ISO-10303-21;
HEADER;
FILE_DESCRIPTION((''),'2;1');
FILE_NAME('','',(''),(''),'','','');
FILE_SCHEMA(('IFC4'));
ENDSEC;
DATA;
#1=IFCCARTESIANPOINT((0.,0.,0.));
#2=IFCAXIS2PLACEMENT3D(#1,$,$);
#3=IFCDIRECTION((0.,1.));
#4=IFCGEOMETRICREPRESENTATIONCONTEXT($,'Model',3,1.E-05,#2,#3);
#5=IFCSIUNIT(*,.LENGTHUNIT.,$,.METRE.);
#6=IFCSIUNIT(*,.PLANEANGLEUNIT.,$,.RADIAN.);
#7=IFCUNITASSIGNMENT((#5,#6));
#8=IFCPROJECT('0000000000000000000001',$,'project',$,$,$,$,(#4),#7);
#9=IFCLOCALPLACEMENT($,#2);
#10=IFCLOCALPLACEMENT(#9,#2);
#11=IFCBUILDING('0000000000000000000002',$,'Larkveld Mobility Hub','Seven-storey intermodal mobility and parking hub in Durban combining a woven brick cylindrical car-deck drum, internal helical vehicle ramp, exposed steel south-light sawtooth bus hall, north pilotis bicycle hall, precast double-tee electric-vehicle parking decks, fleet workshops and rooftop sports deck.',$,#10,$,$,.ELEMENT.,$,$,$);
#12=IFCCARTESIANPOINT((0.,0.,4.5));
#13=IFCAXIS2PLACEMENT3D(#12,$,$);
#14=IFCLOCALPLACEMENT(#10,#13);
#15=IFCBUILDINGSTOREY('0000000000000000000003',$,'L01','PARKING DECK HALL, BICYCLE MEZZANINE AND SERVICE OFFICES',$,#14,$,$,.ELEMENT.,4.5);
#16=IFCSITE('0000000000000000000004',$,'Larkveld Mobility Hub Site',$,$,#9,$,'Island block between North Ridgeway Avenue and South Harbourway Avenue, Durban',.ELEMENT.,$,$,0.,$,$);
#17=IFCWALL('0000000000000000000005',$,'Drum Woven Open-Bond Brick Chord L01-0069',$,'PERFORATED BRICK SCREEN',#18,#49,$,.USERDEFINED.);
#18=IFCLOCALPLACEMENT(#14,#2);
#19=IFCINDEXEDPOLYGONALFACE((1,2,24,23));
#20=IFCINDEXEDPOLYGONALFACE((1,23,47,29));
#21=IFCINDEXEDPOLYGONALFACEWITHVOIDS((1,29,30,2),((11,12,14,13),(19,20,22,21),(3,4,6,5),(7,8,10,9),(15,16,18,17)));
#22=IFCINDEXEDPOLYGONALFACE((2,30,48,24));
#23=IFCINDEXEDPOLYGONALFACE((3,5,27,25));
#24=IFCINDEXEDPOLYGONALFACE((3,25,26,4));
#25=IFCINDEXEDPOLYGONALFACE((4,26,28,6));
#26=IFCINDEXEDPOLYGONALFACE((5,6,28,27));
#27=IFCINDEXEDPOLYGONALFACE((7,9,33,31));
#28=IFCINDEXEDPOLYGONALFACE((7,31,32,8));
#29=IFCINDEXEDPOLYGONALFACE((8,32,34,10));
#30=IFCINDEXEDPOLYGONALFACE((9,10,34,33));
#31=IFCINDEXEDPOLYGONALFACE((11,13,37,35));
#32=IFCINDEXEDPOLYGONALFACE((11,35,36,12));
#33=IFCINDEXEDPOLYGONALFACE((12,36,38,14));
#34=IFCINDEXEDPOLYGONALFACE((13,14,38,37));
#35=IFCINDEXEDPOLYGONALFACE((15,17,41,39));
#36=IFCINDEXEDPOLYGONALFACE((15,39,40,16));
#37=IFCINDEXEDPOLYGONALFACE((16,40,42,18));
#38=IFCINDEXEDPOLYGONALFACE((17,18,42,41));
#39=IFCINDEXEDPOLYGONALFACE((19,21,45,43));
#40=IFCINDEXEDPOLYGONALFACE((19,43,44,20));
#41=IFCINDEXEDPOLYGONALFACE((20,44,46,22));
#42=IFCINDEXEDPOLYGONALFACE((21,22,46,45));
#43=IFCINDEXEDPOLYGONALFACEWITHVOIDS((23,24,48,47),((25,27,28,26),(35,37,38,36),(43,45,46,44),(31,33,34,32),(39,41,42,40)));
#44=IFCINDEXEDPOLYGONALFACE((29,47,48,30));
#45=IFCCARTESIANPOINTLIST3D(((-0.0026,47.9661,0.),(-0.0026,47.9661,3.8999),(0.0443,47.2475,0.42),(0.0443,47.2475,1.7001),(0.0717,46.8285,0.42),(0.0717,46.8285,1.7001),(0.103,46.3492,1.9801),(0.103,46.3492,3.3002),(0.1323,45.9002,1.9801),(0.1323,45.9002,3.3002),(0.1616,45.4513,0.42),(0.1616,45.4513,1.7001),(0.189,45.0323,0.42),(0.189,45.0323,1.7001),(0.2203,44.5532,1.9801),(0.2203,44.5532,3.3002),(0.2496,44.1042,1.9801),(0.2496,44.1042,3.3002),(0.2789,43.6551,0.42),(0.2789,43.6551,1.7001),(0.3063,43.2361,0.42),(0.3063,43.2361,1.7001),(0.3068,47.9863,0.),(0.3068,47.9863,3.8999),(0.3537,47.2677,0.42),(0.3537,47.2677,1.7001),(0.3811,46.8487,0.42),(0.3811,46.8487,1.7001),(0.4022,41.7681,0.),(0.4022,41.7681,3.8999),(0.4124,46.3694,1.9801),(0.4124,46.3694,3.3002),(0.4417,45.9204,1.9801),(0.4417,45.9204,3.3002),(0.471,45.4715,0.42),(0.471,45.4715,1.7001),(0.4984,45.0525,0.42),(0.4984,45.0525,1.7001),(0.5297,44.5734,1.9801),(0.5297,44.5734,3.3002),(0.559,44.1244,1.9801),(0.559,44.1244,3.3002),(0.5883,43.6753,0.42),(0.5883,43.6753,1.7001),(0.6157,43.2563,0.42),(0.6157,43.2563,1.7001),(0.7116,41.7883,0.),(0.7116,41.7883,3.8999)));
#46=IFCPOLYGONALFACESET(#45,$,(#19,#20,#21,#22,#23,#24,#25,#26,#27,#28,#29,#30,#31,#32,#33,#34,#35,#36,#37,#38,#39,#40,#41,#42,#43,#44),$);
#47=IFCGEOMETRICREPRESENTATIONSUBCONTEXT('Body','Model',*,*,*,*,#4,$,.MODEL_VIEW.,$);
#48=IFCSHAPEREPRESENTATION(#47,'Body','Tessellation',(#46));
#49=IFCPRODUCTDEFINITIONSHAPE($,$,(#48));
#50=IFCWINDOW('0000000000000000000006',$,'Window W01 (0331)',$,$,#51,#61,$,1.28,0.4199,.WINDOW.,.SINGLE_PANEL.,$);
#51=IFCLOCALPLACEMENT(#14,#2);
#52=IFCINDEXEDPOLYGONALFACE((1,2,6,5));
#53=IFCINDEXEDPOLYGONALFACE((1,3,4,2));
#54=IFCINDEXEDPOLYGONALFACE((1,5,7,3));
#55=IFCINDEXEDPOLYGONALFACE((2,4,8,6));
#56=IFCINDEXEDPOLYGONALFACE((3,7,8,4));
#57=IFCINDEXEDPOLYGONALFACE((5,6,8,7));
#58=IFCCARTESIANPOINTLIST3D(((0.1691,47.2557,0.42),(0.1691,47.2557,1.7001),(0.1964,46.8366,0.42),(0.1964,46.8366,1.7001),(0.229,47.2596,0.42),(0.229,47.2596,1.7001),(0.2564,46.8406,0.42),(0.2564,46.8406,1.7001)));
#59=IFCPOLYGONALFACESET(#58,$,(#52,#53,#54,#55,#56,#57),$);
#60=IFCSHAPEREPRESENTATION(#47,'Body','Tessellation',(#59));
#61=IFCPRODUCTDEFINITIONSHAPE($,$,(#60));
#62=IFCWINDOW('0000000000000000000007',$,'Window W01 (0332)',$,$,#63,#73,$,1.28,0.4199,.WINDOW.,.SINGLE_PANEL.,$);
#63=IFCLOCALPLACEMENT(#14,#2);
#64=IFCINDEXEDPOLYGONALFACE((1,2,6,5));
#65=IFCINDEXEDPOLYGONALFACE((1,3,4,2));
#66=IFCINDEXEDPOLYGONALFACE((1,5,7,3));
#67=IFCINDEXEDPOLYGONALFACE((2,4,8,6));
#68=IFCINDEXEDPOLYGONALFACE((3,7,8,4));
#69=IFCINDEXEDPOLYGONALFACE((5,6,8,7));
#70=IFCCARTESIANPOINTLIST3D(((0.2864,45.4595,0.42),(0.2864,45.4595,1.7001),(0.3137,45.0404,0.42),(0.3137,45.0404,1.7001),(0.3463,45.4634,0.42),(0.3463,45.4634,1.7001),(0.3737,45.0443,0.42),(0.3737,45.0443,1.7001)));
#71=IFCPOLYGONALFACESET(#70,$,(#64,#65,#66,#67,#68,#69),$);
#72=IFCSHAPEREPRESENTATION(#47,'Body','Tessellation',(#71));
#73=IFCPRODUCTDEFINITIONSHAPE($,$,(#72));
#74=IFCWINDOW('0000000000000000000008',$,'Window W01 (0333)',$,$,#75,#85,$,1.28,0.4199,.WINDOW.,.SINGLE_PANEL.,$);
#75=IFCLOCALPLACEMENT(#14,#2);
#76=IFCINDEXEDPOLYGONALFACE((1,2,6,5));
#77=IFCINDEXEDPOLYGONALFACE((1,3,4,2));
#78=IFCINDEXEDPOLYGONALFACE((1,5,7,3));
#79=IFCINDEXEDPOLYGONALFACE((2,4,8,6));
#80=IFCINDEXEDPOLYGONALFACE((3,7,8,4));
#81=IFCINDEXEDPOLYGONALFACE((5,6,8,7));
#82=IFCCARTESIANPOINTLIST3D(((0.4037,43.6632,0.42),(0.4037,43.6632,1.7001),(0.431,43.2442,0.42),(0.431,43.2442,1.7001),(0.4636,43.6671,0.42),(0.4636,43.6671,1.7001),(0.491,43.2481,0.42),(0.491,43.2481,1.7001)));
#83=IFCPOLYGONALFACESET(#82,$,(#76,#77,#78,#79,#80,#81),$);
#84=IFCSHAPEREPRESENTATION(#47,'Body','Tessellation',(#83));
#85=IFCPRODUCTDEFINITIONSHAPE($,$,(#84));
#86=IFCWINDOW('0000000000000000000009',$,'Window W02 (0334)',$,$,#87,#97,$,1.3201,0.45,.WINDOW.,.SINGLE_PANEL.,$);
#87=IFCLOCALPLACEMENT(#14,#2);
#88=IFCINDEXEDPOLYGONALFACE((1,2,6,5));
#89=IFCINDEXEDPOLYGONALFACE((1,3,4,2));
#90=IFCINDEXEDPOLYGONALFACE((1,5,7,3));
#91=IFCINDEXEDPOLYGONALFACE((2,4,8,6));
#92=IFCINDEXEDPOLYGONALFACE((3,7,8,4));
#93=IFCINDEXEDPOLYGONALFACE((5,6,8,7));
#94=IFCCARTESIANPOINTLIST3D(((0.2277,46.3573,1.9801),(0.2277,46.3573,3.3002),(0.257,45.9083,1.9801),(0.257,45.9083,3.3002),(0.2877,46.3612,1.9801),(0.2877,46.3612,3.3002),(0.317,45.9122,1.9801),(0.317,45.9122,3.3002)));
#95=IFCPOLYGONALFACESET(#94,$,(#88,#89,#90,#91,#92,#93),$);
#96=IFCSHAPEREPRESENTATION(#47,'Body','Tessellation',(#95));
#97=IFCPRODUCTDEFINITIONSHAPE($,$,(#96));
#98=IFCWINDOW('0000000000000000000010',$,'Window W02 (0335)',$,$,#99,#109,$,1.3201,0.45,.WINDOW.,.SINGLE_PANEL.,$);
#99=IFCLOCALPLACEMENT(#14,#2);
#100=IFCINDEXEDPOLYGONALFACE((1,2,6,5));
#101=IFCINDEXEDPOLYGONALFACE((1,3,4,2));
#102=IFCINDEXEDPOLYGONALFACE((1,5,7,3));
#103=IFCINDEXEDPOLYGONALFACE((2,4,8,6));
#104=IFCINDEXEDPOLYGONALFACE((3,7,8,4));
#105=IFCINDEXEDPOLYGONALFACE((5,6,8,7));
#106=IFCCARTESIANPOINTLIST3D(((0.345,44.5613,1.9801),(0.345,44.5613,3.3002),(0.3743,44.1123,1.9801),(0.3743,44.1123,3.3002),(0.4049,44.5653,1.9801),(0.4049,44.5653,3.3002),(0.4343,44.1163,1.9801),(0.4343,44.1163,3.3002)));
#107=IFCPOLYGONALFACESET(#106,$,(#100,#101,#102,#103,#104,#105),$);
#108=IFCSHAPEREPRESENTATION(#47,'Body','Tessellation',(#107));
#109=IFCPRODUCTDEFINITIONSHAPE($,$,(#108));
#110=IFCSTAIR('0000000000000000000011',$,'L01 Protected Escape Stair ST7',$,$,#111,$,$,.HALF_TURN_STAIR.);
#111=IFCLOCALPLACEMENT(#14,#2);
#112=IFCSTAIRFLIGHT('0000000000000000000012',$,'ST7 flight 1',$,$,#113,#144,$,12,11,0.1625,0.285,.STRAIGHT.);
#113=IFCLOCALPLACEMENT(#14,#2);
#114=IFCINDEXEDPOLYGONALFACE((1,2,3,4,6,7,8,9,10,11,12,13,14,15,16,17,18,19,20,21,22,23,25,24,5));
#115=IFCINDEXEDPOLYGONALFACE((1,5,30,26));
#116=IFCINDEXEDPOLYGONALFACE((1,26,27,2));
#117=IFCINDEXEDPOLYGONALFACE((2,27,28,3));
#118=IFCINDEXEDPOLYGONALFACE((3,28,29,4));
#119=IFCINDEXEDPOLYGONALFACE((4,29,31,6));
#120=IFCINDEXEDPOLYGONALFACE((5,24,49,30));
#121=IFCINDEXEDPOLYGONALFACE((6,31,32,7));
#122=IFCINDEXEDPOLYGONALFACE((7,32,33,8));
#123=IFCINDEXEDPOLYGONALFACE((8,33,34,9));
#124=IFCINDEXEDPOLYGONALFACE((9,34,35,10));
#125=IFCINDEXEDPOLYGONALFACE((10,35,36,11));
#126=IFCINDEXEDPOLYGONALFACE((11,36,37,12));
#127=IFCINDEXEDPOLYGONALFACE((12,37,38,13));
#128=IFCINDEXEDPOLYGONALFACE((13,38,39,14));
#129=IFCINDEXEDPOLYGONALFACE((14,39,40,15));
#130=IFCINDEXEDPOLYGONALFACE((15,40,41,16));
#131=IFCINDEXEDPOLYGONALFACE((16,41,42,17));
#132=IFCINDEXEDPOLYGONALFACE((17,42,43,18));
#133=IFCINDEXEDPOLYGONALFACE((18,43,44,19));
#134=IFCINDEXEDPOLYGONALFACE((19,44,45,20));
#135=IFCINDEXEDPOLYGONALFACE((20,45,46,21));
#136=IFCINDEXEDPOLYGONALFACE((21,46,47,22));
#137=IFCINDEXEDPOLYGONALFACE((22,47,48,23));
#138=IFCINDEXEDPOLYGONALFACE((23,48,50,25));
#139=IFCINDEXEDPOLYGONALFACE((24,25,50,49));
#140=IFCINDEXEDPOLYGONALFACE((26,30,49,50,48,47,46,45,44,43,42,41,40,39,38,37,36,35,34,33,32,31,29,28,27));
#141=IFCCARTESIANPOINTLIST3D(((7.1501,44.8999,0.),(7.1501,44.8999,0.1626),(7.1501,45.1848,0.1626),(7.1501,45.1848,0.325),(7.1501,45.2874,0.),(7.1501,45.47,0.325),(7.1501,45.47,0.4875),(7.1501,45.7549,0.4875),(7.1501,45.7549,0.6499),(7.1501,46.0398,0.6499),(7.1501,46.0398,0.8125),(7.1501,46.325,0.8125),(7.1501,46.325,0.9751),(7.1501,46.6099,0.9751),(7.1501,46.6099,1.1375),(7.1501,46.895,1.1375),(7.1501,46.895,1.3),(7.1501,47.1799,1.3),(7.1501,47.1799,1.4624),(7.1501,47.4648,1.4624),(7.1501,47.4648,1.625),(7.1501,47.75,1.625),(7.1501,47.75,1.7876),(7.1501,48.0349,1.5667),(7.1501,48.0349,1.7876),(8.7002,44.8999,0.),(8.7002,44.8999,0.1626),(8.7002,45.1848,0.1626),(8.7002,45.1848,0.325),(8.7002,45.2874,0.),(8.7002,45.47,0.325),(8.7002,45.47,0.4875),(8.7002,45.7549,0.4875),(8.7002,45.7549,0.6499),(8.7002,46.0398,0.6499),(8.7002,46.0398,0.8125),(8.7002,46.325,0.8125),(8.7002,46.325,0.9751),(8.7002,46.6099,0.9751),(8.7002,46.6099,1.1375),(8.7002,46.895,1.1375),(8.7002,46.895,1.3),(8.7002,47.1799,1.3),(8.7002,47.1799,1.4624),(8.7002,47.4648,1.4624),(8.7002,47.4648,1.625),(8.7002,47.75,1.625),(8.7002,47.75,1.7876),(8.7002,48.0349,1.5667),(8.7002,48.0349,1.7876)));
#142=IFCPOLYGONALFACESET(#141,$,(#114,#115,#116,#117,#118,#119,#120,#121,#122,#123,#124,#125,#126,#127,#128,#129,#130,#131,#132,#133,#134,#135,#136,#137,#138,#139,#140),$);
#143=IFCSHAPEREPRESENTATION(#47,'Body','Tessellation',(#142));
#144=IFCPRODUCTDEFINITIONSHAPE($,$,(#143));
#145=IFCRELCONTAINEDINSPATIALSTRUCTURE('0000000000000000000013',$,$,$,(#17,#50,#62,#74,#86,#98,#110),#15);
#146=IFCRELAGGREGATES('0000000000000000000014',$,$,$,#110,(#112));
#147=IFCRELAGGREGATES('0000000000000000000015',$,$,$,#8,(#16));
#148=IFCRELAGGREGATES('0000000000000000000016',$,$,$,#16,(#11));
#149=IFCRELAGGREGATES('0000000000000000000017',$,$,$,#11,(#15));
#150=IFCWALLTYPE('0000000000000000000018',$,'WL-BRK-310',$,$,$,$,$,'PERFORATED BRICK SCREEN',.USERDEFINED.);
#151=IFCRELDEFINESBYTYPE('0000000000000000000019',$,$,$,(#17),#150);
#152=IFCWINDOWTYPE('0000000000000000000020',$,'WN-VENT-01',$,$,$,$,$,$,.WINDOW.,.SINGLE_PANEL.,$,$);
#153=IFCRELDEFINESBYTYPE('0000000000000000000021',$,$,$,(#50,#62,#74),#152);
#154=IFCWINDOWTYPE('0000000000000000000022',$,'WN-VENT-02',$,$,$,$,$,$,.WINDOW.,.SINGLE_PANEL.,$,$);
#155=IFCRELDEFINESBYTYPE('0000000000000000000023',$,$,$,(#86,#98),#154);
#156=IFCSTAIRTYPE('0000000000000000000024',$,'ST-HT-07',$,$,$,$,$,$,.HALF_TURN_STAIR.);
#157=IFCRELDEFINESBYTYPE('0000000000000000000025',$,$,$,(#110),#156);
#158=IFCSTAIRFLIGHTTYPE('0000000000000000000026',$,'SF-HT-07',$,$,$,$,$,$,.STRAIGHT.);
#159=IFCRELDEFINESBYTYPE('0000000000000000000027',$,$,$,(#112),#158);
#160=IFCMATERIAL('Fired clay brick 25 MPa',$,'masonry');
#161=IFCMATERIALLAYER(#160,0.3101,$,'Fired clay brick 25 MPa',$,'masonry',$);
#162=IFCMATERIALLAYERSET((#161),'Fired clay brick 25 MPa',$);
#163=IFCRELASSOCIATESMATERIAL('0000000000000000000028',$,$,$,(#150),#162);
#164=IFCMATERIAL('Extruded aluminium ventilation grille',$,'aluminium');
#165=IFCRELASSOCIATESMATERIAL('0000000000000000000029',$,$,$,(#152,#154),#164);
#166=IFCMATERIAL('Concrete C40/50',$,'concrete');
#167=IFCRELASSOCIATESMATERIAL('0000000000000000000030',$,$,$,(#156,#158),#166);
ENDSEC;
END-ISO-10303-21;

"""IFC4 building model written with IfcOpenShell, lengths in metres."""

from ifc_helpers import new_model, si_unit, direction, frame, frame_2d, origin, place, context, subcontext, project, spatial, polyline, rectangle, outline, extrude, material, layer, layer_set, type_object, element, fill, aggregate, save


model = new_model("IFC4")

# Units and contexts
model_context = context("Model", 3, precision=1e-05, world=origin(), true_north=direction((0.0, 1.0)))
body_context = subcontext(model_context, "Body", "Model", "MODEL_VIEW")
ifc_project = project(units=[si_unit("LENGTHUNIT", "METRE"), si_unit("PLANEANGLEUNIT", "RADIAN")], contexts=[model_context])

# Site, building, storey
site_placement = place(None, origin())
site = spatial("IfcSite", under=ifc_project, at=site_placement, Name="Larkveld Mobility Hub Site", LongName="Island block between North Ridgeway Avenue and South Harbourway Avenue, Durban", CompositionType="ELEMENT", RefElevation=0.0)
building_placement = place(site_placement, origin())
building = spatial("IfcBuilding", under=site, at=building_placement, Name="Larkveld Mobility Hub", Description="Seven-storey intermodal mobility and parking hub in Durban combining a woven brick cylindrical car-deck drum, internal helical vehicle ramp, exposed steel south-light sawtooth bus hall, north pilotis bicycle hall, precast double-tee electric-vehicle parking decks, fleet workshops and rooftop sports deck.", CompositionType="ELEMENT")
storey_placement = place(building_placement, frame((0.0, 0.0, 4.5)))
storey = spatial("IfcBuildingStorey", under=building, at=storey_placement, Name="L01", Description="PARKING DECK HALL, BICYCLE MEZZANINE AND SERVICE OFFICES", CompositionType="ELEMENT", Elevation=4.5)

# Shared definitions
ifc_material_1 = material(Name="Concrete C40/50", Category="concrete")

# Wall, openings, windows
ifc_material_2 = material(Name="Fired clay brick 25 MPa", Category="masonry")
ifc_layer = layer(ifc_material_2, 0.3101, Name="Fired clay brick 25 MPa", Category="masonry")
ifc_layer_set = layer_set([ifc_layer], Name="Fired clay brick 25 MPa")
wall_type = type_object("IfcWallType", Name="WL-BRK-310", ElementType="PERFORATED BRICK SCREEN", PredefinedType="USERDEFINED", material=ifc_layer_set)
wall_placement = place(storey_placement, frame((0.1521, 47.9761, 0.0), z_axis=(0.0, 0.0, 1.0), x_axis=(0.06517, -0.997874, 0.0)))
wall = element("IfcWall", 1, at=wall_placement, inside=storey, type_object=wall_type, Name="Drum Woven Open-Bond Brick Chord L01-0069", ObjectType="PERFORATED BRICK SCREEN", PredefinedType="USERDEFINED", context=body_context, shape_type="SweptSolid", body=[
    extrude(rectangle(XDim=6.2112, YDim=0.3101, at=frame_2d((3.1055, 0.0))), origin(), (0.0, 0.0, 1.0), 3.8999),
])
opening_1_placement = place(wall_placement, frame((0.72, 0.0, 0.4199)))
opening_1 = element("IfcOpeningElement", 2, at=opening_1_placement, cuts=wall, PredefinedType="OPENING", context=body_context, shape_type="SweptSolid", body=[
    extrude(rectangle(XDim=0.4199, YDim=1.28, at=frame_2d((0.21, 0.6401))), frame((0.0, 0.165, 0.0), z_axis=(0.0, -1.0, 0.0), x_axis=(1.0, 0.0, 0.0)), (0.0, 0.0, 1.0), 0.3301),
])
opening_2_placement = place(wall_placement, frame((2.52, 0.0, 0.4199)))
opening_2 = element("IfcOpeningElement", 3, at=opening_2_placement, cuts=wall, PredefinedType="OPENING", context=body_context, shape_type="SweptSolid", body=[
    extrude(rectangle(XDim=0.4199, YDim=1.28, at=frame_2d((0.21, 0.6401))), frame((0.0, 0.165, 0.0), z_axis=(0.0, -1.0, 0.0), x_axis=(1.0, 0.0, 0.0)), (0.0, 0.0, 1.0), 0.3301),
])
opening_3_placement = place(wall_placement, frame((4.3201, 0.0, 0.4199)))
opening_3 = element("IfcOpeningElement", 4, at=opening_3_placement, cuts=wall, PredefinedType="OPENING", context=body_context, shape_type="SweptSolid", body=[
    extrude(rectangle(XDim=0.4199, YDim=1.28, at=frame_2d((0.21, 0.6401))), frame((0.0, 0.165, 0.0), z_axis=(0.0, -1.0, 0.0), x_axis=(1.0, 0.0, 0.0)), (0.0, 0.0, 1.0), 0.3301),
])
opening_4_placement = place(wall_placement, frame((1.6201, 0.0, 1.98)))
opening_4 = element("IfcOpeningElement", 5, at=opening_4_placement, cuts=wall, PredefinedType="OPENING", context=body_context, shape_type="SweptSolid", body=[
    extrude(rectangle(XDim=0.45, YDim=1.3201, at=frame_2d((0.2251, 0.6602))), frame((0.0, 0.165, 0.0), z_axis=(0.0, -1.0, 0.0), x_axis=(1.0, 0.0, 0.0)), (0.0, 0.0, 1.0), 0.3301),
])
opening_5_placement = place(wall_placement, frame((3.4199, 0.0, 1.98)))
opening_5 = element("IfcOpeningElement", 6, at=opening_5_placement, cuts=wall, PredefinedType="OPENING", context=body_context, shape_type="SweptSolid", body=[
    extrude(rectangle(XDim=0.45, YDim=1.3201, at=frame_2d((0.2251, 0.6602))), frame((0.0, 0.165, 0.0), z_axis=(0.0, -1.0, 0.0), x_axis=(1.0, 0.0, 0.0)), (0.0, 0.0, 1.0), 0.3301),
])
ifc_material_3 = material(Name="Extruded aluminium ventilation grille", Category="aluminium")
window_type_1 = type_object("IfcWindowType", Name="WN-VENT-01", PartitioningType="SINGLE_PANEL", PredefinedType="WINDOW", material=ifc_material_3)
window_1_placement = place(opening_1_placement, origin())
window_1 = element("IfcWindow", 7, at=window_1_placement, inside=storey, type_object=window_type_1, Name="Window W01 (0331)", OverallHeight=1.28, OverallWidth=0.4199, PartitioningType="SINGLE_PANEL", PredefinedType="WINDOW", context=body_context, shape_type="SweptSolid", body=[
    extrude(rectangle(XDim=0.4199, YDim=1.28, at=frame_2d((0.21, 0.6401))), frame((0.0, 0.03, 0.0), z_axis=(0.0, -1.0, 0.0), x_axis=(1.0, 0.0, 0.0)), (0.0, 0.0, 1.0), 0.0601),
])
fill(opening_1, window_1)
window_2_placement = place(opening_2_placement, origin())
window_2 = element("IfcWindow", 8, at=window_2_placement, inside=storey, type_object=window_type_1, Name="Window W01 (0332)", OverallHeight=1.28, OverallWidth=0.4199, PartitioningType="SINGLE_PANEL", PredefinedType="WINDOW", context=body_context, shape_type="SweptSolid", body=[
    extrude(rectangle(XDim=0.4199, YDim=1.28, at=frame_2d((0.21, 0.6401))), frame((0.0, 0.03, 0.0), z_axis=(0.0, -1.0, 0.0), x_axis=(1.0, 0.0, 0.0)), (0.0, 0.0, 1.0), 0.0601),
])
fill(opening_2, window_2)
window_3_placement = place(opening_3_placement, origin())
window_3 = element("IfcWindow", 9, at=window_3_placement, inside=storey, type_object=window_type_1, Name="Window W01 (0333)", OverallHeight=1.28, OverallWidth=0.4199, PartitioningType="SINGLE_PANEL", PredefinedType="WINDOW", context=body_context, shape_type="SweptSolid", body=[
    extrude(rectangle(XDim=0.4199, YDim=1.28, at=frame_2d((0.21, 0.6401))), frame((0.0, 0.03, 0.0), z_axis=(0.0, -1.0, 0.0), x_axis=(1.0, 0.0, 0.0)), (0.0, 0.0, 1.0), 0.0601),
])
fill(opening_3, window_3)
window_type_2 = type_object("IfcWindowType", Name="WN-VENT-02", PartitioningType="SINGLE_PANEL", PredefinedType="WINDOW", material=ifc_material_3)
window_4_placement = place(opening_4_placement, origin())
window_4 = element("IfcWindow", 10, at=window_4_placement, inside=storey, type_object=window_type_2, Name="Window W02 (0334)", OverallHeight=1.3201, OverallWidth=0.45, PartitioningType="SINGLE_PANEL", PredefinedType="WINDOW", context=body_context, shape_type="SweptSolid", body=[
    extrude(rectangle(XDim=0.45, YDim=1.3201, at=frame_2d((0.2251, 0.6602))), frame((0.0, 0.03, 0.0), z_axis=(0.0, -1.0, 0.0), x_axis=(1.0, 0.0, 0.0)), (0.0, 0.0, 1.0), 0.0601),
])
fill(opening_4, window_4)
window_5_placement = place(opening_5_placement, origin())
window_5 = element("IfcWindow", 11, at=window_5_placement, inside=storey, type_object=window_type_2, Name="Window W02 (0335)", OverallHeight=1.3201, OverallWidth=0.45, PartitioningType="SINGLE_PANEL", PredefinedType="WINDOW", context=body_context, shape_type="SweptSolid", body=[
    extrude(rectangle(XDim=0.45, YDim=1.3201, at=frame_2d((0.2251, 0.6602))), frame((0.0, 0.03, 0.0), z_axis=(0.0, -1.0, 0.0), x_axis=(1.0, 0.0, 0.0)), (0.0, 0.0, 1.0), 0.0601),
])
fill(opening_5, window_5)

# Stair, stair flight
stair_type = type_object("IfcStairType", Name="ST-HT-07", PredefinedType="HALF_TURN_STAIR", material=ifc_material_1)
stair_placement = place(storey_placement, origin())
stair = element("IfcStair", 12, at=stair_placement, inside=storey, type_object=stair_type, Name="L01 Protected Escape Stair ST7", PredefinedType="HALF_TURN_STAIR")
stair_flight_type = type_object("IfcStairFlightType", Name="SF-HT-07", PredefinedType="STRAIGHT", material=ifc_material_1)
stair_flight_1_placement = place(storey_placement, frame((7.925, 44.8999, 0.0), z_axis=(0.0, 0.0, 1.0), x_axis=(0.0, 1.0, 0.0)))
stair_flight_1 = element("IfcStairFlight", 13, at=stair_flight_1_placement, type_object=stair_flight_type, Name="ST7 flight 1", NumberOfRisers=12, NumberOfTreads=11, PredefinedType="STRAIGHT", RiserHeight=0.1625, TreadLength=0.285, context=body_context, shape_type="SweptSolid", body=[
    extrude(outline(polyline([(0.0, 0.0), (0.0, 0.1626), (0.2849, 0.1626), (0.2849, 0.325), (0.5701, 0.325), (0.5701, 0.4875), (0.855, 0.4875), (0.855, 0.6499), (1.1399, 0.6499), (1.1399, 0.8125), (1.425, 0.8125), (1.425, 0.9751), (1.71, 0.9751), (1.71, 1.1375), (1.9951, 1.1375), (1.9951, 1.3), (2.28, 1.3), (2.28, 1.4624), (2.5649, 1.4624), (2.5649, 1.625), (2.8501, 1.625), (2.8501, 1.7876), (3.135, 1.7876), (3.135, 1.95), (3.135, 1.5667), (0.3875, 0.0), (0.0, 0.0)])), frame((0.0, 0.7749, 0.0), z_axis=(0.0, -1.0, 0.0), x_axis=(1.0, 0.0, 0.0)), (0.0, 0.0, 1.0), 1.55),
])
aggregate(stair, [stair_flight_1])

save(model, "model.ifc")
